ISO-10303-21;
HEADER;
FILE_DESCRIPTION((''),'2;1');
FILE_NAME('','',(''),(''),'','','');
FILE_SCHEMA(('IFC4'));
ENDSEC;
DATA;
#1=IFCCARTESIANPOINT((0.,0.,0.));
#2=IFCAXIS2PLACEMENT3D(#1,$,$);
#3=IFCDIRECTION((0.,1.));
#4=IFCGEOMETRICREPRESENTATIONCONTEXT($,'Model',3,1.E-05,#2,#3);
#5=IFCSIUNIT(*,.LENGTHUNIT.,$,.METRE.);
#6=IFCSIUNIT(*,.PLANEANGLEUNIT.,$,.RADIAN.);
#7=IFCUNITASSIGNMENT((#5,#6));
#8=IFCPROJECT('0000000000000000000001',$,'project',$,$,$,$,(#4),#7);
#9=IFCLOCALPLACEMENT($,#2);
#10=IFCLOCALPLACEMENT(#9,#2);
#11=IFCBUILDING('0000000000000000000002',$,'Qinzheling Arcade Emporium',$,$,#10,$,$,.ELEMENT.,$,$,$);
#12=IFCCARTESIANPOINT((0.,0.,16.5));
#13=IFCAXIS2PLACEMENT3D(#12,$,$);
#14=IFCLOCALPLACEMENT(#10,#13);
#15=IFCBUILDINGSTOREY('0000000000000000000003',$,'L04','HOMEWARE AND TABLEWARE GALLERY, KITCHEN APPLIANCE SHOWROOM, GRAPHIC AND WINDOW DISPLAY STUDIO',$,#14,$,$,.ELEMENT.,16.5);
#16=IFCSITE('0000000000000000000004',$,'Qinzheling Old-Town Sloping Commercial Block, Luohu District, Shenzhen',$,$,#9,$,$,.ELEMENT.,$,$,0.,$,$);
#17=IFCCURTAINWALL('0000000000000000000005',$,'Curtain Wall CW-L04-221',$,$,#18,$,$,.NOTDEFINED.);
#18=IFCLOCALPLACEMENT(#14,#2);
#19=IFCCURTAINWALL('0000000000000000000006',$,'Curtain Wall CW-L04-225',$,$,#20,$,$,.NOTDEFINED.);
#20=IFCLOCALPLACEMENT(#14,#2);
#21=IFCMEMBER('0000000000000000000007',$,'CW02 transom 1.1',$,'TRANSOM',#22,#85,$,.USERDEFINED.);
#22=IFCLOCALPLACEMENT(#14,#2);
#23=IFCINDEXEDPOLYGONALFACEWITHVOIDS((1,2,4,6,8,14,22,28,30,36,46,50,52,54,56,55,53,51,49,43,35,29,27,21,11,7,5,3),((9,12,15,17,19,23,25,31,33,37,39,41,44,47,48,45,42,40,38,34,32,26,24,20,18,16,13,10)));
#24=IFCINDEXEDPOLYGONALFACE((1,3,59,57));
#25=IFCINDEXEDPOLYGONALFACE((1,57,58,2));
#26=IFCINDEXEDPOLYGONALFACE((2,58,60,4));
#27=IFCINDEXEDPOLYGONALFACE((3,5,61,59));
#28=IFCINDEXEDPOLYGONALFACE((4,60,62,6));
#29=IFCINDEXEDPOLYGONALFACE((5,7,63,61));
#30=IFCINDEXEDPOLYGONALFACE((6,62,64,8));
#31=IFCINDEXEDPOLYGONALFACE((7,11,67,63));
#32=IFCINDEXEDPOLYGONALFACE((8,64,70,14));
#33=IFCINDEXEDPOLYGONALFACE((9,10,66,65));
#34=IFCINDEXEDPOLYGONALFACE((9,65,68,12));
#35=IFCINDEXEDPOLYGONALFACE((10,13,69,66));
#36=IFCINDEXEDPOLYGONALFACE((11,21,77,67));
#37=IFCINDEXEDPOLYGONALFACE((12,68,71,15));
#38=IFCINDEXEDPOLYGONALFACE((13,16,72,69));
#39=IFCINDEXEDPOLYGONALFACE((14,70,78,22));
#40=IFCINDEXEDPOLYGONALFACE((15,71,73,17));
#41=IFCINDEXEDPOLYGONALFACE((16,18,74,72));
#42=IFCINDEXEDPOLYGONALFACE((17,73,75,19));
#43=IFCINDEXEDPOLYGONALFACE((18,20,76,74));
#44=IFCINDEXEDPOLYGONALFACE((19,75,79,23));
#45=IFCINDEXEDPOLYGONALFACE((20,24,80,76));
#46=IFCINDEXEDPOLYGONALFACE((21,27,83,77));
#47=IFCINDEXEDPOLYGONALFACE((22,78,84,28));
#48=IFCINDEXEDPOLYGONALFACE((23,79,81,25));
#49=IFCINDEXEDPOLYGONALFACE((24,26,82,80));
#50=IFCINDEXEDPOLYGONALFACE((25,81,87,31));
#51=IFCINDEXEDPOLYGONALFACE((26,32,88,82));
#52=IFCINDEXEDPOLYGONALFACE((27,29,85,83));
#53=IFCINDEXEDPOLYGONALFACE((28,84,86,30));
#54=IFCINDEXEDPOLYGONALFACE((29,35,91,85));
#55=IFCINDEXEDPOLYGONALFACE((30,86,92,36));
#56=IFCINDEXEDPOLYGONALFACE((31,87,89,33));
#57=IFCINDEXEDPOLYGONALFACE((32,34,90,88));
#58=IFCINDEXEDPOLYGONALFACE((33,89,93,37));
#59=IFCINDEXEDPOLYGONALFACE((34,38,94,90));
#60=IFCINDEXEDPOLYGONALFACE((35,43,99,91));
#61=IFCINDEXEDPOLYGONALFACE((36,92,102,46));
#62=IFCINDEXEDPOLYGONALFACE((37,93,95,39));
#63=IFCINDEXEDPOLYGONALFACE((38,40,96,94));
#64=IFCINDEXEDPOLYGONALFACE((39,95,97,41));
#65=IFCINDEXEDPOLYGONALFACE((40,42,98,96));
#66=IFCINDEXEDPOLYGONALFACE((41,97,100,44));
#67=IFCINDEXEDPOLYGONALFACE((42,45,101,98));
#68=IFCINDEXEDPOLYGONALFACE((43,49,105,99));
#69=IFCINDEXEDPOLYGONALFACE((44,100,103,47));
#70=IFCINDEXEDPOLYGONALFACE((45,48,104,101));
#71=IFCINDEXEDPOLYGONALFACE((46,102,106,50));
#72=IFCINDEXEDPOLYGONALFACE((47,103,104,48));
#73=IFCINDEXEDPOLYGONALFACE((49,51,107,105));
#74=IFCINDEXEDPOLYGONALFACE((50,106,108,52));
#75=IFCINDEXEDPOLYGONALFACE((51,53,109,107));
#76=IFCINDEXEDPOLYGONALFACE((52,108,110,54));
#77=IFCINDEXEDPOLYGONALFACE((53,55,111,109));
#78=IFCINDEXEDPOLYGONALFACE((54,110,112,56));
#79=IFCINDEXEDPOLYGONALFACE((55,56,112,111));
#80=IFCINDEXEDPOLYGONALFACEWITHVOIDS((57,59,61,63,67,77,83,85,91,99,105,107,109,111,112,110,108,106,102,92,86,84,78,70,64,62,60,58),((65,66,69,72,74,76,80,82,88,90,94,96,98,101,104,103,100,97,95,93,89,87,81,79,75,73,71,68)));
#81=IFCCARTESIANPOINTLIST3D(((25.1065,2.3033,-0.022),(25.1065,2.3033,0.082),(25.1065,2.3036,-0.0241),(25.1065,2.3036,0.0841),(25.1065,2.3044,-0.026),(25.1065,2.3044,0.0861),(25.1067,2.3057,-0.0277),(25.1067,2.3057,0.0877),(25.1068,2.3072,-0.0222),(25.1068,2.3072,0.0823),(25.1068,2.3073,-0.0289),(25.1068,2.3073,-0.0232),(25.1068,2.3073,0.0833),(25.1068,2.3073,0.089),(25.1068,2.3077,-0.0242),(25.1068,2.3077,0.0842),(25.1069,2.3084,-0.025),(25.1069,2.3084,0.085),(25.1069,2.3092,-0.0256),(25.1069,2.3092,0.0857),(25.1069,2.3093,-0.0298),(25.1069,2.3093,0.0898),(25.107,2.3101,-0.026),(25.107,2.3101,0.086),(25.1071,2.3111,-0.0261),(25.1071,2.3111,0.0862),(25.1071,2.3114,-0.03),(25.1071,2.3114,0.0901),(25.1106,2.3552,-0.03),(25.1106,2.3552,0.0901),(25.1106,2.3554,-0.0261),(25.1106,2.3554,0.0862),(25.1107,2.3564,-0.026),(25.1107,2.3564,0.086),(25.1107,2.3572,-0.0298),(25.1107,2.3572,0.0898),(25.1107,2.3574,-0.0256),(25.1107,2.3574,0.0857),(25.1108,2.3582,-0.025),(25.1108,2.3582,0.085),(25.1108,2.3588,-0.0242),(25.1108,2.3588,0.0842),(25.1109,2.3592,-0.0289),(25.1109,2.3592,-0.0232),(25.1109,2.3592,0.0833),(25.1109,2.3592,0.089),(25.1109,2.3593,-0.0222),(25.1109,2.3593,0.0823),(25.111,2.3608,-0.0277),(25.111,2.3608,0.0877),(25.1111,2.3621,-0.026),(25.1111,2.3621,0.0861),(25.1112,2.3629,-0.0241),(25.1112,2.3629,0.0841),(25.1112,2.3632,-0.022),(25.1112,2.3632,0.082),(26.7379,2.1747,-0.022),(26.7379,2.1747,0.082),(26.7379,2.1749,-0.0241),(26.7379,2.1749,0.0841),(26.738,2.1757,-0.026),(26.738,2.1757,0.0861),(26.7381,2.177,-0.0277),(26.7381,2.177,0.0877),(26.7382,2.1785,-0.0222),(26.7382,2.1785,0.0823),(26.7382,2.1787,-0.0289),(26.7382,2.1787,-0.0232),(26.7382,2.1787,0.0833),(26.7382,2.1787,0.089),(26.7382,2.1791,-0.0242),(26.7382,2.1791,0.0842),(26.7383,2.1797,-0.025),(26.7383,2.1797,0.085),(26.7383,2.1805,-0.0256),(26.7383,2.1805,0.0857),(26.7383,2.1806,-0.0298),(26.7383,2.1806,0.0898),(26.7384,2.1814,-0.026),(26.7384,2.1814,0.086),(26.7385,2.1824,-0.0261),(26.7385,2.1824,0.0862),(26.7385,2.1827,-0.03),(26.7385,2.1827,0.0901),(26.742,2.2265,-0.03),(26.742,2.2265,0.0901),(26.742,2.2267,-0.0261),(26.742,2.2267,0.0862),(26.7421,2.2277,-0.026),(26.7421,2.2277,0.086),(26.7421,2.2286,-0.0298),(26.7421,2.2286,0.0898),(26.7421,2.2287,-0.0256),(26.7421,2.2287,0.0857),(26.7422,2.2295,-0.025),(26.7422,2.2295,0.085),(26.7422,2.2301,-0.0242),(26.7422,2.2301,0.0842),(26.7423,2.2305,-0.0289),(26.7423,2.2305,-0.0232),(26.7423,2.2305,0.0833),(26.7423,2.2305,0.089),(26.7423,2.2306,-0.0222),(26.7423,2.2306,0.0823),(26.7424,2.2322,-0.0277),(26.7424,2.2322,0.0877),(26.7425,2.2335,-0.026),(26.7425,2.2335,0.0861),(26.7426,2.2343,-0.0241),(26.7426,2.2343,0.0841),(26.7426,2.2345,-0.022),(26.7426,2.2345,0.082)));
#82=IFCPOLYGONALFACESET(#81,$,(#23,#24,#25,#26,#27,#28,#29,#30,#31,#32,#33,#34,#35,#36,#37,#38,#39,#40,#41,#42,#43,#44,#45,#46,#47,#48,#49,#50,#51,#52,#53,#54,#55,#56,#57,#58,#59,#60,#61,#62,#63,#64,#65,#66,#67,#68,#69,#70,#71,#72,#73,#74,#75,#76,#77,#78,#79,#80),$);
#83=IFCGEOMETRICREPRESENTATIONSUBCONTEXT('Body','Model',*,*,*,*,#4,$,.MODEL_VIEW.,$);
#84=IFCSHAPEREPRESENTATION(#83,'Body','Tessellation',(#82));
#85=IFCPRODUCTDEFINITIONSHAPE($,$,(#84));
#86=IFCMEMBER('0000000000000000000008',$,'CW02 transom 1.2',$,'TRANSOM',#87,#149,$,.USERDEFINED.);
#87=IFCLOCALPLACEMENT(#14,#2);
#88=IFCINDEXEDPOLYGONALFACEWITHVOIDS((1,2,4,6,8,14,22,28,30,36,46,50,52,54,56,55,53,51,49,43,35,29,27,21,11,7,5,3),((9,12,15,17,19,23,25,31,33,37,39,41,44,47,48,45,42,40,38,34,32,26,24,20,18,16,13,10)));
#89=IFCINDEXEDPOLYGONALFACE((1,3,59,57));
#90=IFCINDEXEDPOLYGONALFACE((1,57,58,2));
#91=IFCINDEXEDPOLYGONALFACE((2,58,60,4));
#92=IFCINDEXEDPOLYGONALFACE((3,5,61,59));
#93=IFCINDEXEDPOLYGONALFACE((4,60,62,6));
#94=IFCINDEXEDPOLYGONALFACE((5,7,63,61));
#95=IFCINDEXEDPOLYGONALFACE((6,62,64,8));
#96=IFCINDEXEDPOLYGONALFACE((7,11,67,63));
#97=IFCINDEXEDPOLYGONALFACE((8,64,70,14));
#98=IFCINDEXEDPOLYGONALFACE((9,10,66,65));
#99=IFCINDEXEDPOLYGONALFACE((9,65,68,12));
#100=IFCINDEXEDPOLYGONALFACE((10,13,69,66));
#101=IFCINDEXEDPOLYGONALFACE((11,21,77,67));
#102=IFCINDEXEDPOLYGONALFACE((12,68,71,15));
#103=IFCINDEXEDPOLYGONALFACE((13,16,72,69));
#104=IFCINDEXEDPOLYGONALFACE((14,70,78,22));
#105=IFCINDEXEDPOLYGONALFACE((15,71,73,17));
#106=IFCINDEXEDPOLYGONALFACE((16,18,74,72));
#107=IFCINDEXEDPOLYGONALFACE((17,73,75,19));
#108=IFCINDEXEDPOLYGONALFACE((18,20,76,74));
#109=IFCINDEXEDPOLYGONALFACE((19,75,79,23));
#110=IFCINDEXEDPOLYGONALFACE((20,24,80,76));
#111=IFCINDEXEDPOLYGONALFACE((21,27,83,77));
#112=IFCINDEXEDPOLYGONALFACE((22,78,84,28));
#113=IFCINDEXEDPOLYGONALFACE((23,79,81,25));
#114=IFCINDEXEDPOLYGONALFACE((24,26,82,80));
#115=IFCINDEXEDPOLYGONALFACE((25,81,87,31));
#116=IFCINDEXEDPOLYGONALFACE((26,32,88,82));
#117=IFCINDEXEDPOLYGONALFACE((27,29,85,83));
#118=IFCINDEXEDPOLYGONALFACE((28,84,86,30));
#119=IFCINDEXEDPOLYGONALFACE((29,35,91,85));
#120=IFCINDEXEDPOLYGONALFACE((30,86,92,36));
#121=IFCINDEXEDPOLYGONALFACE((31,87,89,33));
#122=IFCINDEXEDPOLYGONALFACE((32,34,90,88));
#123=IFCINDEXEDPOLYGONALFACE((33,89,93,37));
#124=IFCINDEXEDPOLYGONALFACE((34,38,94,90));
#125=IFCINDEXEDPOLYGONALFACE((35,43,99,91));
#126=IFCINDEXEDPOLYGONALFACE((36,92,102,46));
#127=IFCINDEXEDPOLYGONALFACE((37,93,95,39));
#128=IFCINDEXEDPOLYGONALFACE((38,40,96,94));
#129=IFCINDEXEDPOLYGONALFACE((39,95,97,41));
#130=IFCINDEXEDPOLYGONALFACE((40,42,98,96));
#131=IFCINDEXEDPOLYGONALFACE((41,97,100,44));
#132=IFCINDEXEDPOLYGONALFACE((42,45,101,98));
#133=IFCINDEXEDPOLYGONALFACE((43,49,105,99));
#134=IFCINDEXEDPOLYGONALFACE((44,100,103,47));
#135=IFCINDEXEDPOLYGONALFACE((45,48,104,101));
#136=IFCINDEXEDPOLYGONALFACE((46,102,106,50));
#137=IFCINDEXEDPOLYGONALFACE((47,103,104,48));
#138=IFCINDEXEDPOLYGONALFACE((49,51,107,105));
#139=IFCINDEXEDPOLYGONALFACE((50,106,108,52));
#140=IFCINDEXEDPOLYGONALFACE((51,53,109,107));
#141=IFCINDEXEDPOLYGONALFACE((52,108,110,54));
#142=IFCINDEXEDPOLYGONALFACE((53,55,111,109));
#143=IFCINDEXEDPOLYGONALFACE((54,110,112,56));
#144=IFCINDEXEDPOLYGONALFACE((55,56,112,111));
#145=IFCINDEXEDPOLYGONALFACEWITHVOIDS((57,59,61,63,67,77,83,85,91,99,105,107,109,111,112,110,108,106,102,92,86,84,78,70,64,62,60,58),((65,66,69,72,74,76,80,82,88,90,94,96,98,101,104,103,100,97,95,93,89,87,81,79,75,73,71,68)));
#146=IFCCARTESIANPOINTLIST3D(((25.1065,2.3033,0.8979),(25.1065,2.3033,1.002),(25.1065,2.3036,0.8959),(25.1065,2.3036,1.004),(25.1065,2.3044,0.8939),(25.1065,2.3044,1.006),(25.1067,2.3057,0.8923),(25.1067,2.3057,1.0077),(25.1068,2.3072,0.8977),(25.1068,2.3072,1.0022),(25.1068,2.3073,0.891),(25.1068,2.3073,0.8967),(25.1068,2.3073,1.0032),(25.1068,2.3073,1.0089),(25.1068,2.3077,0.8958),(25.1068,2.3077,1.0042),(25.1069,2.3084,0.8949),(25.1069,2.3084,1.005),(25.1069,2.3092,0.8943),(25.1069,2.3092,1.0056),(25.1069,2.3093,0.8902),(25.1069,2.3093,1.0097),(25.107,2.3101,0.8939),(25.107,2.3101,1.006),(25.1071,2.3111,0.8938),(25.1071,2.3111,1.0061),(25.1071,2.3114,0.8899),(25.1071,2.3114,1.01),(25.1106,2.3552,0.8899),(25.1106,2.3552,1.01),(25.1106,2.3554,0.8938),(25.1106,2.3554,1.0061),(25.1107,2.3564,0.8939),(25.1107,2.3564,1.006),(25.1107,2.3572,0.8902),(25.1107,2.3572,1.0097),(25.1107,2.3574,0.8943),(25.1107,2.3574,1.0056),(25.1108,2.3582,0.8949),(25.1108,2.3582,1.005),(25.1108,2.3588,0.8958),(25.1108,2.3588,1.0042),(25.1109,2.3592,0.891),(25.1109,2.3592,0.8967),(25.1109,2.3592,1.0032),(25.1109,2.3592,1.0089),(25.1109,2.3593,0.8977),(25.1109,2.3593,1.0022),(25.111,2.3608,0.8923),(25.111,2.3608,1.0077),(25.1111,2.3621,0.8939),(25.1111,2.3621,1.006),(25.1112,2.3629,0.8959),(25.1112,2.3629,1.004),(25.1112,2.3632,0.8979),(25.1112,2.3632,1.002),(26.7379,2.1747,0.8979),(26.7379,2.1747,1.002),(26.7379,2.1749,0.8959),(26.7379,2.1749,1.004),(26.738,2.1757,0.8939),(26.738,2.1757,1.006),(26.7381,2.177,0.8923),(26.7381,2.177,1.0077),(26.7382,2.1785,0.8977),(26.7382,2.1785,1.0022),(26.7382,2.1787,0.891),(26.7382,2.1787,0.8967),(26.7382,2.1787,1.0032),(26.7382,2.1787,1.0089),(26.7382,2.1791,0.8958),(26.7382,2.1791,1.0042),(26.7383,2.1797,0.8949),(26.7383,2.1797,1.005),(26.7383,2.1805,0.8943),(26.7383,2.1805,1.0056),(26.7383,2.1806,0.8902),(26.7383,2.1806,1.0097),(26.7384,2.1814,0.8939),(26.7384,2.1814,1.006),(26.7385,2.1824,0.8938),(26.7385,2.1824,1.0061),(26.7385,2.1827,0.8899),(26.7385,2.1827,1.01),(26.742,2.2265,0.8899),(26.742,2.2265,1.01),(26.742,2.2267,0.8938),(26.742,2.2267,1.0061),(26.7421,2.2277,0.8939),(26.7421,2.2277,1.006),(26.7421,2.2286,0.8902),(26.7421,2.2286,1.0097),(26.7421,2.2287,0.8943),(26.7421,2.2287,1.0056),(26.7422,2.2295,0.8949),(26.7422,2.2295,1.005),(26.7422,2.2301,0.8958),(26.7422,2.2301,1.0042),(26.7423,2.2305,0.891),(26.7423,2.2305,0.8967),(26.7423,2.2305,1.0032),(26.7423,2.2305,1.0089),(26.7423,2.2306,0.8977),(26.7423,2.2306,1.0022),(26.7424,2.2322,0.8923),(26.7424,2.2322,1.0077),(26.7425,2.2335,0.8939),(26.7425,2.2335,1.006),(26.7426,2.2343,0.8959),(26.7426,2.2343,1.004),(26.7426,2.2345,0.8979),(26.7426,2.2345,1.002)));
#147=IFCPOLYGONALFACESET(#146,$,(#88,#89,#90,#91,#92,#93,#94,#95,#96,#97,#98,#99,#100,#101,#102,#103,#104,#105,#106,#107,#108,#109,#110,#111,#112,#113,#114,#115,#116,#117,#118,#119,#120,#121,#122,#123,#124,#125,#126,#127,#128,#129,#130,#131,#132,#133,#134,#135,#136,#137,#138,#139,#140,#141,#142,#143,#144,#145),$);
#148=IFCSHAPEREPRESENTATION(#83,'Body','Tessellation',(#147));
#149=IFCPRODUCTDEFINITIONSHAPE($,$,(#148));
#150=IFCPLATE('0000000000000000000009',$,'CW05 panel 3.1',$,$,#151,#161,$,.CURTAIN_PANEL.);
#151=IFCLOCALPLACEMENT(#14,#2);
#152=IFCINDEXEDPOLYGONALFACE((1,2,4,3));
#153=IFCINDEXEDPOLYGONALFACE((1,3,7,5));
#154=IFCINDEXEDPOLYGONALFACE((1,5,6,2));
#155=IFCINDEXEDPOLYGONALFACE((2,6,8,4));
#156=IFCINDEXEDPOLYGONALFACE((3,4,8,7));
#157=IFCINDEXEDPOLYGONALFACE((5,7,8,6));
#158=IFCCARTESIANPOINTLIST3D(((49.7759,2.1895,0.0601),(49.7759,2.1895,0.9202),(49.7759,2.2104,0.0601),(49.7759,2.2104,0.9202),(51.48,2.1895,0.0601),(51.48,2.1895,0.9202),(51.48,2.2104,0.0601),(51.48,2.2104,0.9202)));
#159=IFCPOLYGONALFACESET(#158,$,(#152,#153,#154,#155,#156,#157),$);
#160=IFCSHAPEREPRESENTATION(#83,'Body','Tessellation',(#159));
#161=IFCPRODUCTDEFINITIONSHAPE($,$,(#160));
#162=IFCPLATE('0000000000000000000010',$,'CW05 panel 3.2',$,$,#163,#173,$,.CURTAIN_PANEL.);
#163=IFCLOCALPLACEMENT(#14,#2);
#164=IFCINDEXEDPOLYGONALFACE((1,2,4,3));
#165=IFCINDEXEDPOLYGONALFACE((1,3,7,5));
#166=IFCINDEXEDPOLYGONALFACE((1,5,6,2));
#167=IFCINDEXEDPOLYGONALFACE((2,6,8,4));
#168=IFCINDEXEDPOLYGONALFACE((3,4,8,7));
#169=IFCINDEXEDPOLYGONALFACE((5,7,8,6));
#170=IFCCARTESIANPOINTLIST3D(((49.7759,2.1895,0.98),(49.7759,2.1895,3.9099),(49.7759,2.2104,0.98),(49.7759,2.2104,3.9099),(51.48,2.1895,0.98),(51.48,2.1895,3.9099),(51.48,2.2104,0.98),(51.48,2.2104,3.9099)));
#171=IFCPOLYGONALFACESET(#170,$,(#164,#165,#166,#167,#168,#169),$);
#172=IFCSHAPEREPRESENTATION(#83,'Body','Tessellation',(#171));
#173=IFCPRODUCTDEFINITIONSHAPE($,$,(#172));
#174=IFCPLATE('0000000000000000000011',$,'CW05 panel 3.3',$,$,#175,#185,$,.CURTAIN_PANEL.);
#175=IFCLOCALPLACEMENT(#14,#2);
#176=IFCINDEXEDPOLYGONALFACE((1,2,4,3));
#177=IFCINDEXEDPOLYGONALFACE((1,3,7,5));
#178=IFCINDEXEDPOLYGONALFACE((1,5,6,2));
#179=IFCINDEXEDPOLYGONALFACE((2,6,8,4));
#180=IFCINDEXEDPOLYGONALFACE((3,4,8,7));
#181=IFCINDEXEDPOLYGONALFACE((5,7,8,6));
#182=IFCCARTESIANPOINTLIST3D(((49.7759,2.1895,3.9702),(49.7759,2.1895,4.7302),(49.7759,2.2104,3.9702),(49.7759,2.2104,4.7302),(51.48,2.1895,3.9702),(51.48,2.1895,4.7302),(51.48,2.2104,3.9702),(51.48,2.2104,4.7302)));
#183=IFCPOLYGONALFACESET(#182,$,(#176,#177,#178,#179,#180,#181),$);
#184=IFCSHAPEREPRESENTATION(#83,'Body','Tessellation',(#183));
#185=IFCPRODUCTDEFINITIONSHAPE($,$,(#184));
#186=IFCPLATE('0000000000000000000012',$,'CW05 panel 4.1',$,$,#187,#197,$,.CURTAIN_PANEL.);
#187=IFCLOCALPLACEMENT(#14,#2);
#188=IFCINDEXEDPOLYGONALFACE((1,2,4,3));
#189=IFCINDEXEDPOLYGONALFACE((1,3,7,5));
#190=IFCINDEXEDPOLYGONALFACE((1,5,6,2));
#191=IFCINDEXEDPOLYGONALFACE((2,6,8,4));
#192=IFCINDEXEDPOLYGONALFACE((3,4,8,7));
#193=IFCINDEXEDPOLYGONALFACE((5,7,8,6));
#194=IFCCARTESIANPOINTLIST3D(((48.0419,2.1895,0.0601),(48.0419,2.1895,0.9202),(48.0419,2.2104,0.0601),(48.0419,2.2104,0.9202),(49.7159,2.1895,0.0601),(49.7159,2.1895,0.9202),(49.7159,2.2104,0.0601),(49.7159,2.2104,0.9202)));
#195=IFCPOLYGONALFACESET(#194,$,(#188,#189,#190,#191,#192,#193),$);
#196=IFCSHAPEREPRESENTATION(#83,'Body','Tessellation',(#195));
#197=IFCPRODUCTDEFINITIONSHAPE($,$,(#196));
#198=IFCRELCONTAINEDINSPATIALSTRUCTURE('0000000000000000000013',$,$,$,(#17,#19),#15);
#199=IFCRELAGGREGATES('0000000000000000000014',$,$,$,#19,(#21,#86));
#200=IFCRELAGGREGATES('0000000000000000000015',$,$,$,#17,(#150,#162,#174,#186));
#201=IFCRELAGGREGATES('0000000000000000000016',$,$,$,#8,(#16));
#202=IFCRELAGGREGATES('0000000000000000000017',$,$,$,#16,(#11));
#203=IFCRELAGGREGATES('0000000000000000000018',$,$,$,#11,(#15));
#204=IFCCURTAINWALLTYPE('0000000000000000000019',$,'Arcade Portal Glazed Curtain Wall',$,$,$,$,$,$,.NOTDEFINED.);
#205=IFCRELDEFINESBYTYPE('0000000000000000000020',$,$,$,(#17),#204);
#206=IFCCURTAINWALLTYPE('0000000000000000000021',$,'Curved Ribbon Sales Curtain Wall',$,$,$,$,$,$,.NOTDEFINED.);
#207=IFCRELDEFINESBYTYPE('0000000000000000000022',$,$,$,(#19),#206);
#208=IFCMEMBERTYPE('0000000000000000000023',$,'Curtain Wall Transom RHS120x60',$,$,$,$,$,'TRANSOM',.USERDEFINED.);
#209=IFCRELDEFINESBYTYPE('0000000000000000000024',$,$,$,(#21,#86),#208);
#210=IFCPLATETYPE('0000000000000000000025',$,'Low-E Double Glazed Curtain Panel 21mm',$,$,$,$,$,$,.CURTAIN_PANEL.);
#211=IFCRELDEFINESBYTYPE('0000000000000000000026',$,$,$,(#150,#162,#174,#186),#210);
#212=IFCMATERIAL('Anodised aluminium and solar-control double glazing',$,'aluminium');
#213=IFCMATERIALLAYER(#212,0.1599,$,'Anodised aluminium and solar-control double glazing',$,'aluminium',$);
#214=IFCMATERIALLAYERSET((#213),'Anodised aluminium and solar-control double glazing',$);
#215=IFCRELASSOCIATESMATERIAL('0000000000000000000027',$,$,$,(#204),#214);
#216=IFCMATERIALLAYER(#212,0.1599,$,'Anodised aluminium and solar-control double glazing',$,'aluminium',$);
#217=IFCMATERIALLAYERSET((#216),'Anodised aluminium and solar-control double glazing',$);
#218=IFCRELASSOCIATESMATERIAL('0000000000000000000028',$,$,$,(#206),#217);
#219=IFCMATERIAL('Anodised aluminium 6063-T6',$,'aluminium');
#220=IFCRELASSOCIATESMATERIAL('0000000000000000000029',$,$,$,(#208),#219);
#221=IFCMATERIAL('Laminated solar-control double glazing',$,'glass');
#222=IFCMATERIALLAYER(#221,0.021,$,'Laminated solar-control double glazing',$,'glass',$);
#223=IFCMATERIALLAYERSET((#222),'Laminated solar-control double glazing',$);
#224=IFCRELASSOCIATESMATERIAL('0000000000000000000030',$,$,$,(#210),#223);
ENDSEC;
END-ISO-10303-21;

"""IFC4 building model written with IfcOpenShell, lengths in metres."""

from ifc_helpers import new_model, si_unit, direction, frame, origin, origin_2d, place, context, subcontext, project, spatial, rectangle, hollow_rectangle, extrude, material, layer, layer_set, material_profile, profile_set, type_object, element, aggregate, save


model = new_model("IFC4")

# Units and contexts
model_context = context("Model", 3, precision=1e-05, world=origin(), true_north=direction((0.0, 1.0)))
body_context = subcontext(model_context, "Body", "Model", "MODEL_VIEW")
ifc_project = project(units=[si_unit("LENGTHUNIT", "METRE"), si_unit("PLANEANGLEUNIT", "RADIAN")], contexts=[model_context])

# Site, building, storey
site_placement = place(None, origin())
site = spatial("IfcSite", under=ifc_project, at=site_placement, Name="Qinzheling Old-Town Sloping Commercial Block, Luohu District, Shenzhen", CompositionType="ELEMENT", RefElevation=0.0)
building_placement = place(site_placement, origin())
building = spatial("IfcBuilding", under=site, at=building_placement, Name="Qinzheling Arcade Emporium", CompositionType="ELEMENT")
storey_placement = place(building_placement, frame((0.0, 0.0, 16.5)))
storey = spatial("IfcBuildingStorey", under=building, at=storey_placement, Name="L04", Description="HOMEWARE AND TABLEWARE GALLERY, KITCHEN APPLIANCE SHOWROOM, GRAPHIC AND WINDOW DISPLAY STUDIO", CompositionType="ELEMENT", Elevation=16.5)

# Curtain wall
ifc_material_1 = material(Name="Anodised aluminium and solar-control double glazing", Category="aluminium")
ifc_layer_1 = layer(ifc_material_1, 0.1599, Name="Anodised aluminium and solar-control double glazing", Category="aluminium")
ifc_layer_set_1 = layer_set([ifc_layer_1], Name="Anodised aluminium and solar-control double glazing")
curtain_wall_type_1 = type_object("IfcCurtainWallType", Name="Arcade Portal Glazed Curtain Wall", PredefinedType="NOTDEFINED", material=ifc_layer_set_1)
curtain_wall_1_placement = place(storey_placement, origin())
curtain_wall_1 = element("IfcCurtainWall", 1, at=curtain_wall_1_placement, inside=storey, type_object=curtain_wall_type_1, Name="Curtain Wall CW-L04-221", PredefinedType="NOTDEFINED")
ifc_material_2 = material(Name="Anodised aluminium 6063-T6", Category="aluminium")

# Curtain wall
ifc_layer_2 = layer(ifc_material_1, 0.1599, Name="Anodised aluminium and solar-control double glazing", Category="aluminium")
ifc_layer_set_2 = layer_set([ifc_layer_2], Name="Anodised aluminium and solar-control double glazing")
curtain_wall_type_2 = type_object("IfcCurtainWallType", Name="Curved Ribbon Sales Curtain Wall", PredefinedType="NOTDEFINED", material=ifc_layer_set_2)
curtain_wall_2_placement = place(storey_placement, origin())
curtain_wall_2 = element("IfcCurtainWall", 2, at=curtain_wall_2_placement, inside=storey, type_object=curtain_wall_type_2, Name="Curtain Wall CW-L04-225", PredefinedType="NOTDEFINED")

# Members
ifc_material_profile_1 = material_profile(ifc_material_2, hollow_rectangle(XDim=0.0601, YDim=0.1201, WallThickness=0.0039, InnerFilletRadius=0.0039, OuterFilletRadius=0.0081, at=origin_2d()), Name="RHS 120x60x4", Category="aluminium")
ifc_profile_set_1 = profile_set([ifc_material_profile_1], Name="Anodised aluminium 6063-T6")
member_type_1 = type_object("IfcMemberType", Name="Curtain Wall Transom RHS120x60", ElementType="TRANSOM", PredefinedType="USERDEFINED", material=ifc_profile_set_1)
member_1_placement = place(storey_placement, frame((26.7402, 2.2046, 0.03), z_axis=(-0.996904, 0.078624, 0.0), x_axis=(-0.078624, -0.996904, 0.0)))
member_1 = element("IfcMember", 3, at=member_1_placement, type_object=member_type_1, Name="CW02 transom 1.1", ObjectType="TRANSOM", PredefinedType="USERDEFINED", context=body_context, shape_type="SweptSolid", body=[
    extrude(hollow_rectangle(XDim=0.0601, YDim=0.1201, WallThickness=0.0039, InnerFilletRadius=0.0039, OuterFilletRadius=0.0081, at=origin_2d()), origin(), (0.0, 0.0, 1.0), 1.6365),
])
member_2_placement = place(storey_placement, frame((26.7402, 2.2046, 0.95), z_axis=(-0.996904, 0.078624, 0.0), x_axis=(-0.078624, -0.996904, 0.0)))
member_2 = element("IfcMember", 4, at=member_2_placement, type_object=member_type_1, Name="CW02 transom 1.2", ObjectType="TRANSOM", PredefinedType="USERDEFINED", context=body_context, shape_type="SweptSolid", body=[
    extrude(hollow_rectangle(XDim=0.0601, YDim=0.1201, WallThickness=0.0039, InnerFilletRadius=0.0039, OuterFilletRadius=0.0081, at=origin_2d()), origin(), (0.0, 0.0, 1.0), 1.6365),
])
aggregate(curtain_wall_2, [member_1, member_2])

# Plates
ifc_material_3 = material(Name="Laminated solar-control double glazing", Category="glass")
ifc_layer_3 = layer(ifc_material_3, 0.021, Name="Laminated solar-control double glazing", Category="glass")
ifc_layer_set_3 = layer_set([ifc_layer_3], Name="Laminated solar-control double glazing")
plate_type_1 = type_object("IfcPlateType", Name="Low-E Double Glazed Curtain Panel 21mm", PredefinedType="CURTAIN_PANEL", material=ifc_layer_set_3)
plate_1_placement = place(storey_placement, frame((50.6279, 2.2, 0.0601), z_axis=(0.0, 0.0, 1.0), x_axis=(-1.0, 0.0, 0.0)))
plate_1 = element("IfcPlate", 5, at=plate_1_placement, type_object=plate_type_1, Name="CW05 panel 3.1", PredefinedType="CURTAIN_PANEL", context=body_context, shape_type="SweptSolid", body=[
    extrude(rectangle(XDim=1.7041, YDim=0.021, at=origin_2d()), origin(), (0.0, 0.0, 1.0), 0.8601),
])
plate_2_placement = place(storey_placement, frame((50.6279, 2.2, 0.98), z_axis=(0.0, 0.0, 1.0), x_axis=(-1.0, 0.0, 0.0)))
plate_2 = element("IfcPlate", 6, at=plate_2_placement, type_object=plate_type_1, Name="CW05 panel 3.2", PredefinedType="CURTAIN_PANEL", context=body_context, shape_type="SweptSolid", body=[
    extrude(rectangle(XDim=1.7041, YDim=0.021, at=origin_2d()), origin(), (0.0, 0.0, 1.0), 2.9299),
])
plate_3_placement = place(storey_placement, frame((50.6279, 2.2, 3.9702), z_axis=(0.0, 0.0, 1.0), x_axis=(-1.0, 0.0, 0.0)))
plate_3 = element("IfcPlate", 7, at=plate_3_placement, type_object=plate_type_1, Name="CW05 panel 3.3", PredefinedType="CURTAIN_PANEL", context=body_context, shape_type="SweptSolid", body=[
    extrude(rectangle(XDim=1.7041, YDim=0.021, at=origin_2d()), origin(), (0.0, 0.0, 1.0), 0.76),
])
plate_4_placement = place(storey_placement, frame((48.8789, 2.2, 0.0601), z_axis=(0.0, 0.0, 1.0), x_axis=(-1.0, 0.0, 0.0)))
plate_4 = element("IfcPlate", 8, at=plate_4_placement, type_object=plate_type_1, Name="CW05 panel 4.1", PredefinedType="CURTAIN_PANEL", context=body_context, shape_type="SweptSolid", body=[
    extrude(rectangle(XDim=1.6741, YDim=0.021, at=origin_2d()), origin(), (0.0, 0.0, 1.0), 0.8601),
])
aggregate(curtain_wall_1, [plate_1, plate_2, plate_3, plate_4])

save(model, "model.ifc")
